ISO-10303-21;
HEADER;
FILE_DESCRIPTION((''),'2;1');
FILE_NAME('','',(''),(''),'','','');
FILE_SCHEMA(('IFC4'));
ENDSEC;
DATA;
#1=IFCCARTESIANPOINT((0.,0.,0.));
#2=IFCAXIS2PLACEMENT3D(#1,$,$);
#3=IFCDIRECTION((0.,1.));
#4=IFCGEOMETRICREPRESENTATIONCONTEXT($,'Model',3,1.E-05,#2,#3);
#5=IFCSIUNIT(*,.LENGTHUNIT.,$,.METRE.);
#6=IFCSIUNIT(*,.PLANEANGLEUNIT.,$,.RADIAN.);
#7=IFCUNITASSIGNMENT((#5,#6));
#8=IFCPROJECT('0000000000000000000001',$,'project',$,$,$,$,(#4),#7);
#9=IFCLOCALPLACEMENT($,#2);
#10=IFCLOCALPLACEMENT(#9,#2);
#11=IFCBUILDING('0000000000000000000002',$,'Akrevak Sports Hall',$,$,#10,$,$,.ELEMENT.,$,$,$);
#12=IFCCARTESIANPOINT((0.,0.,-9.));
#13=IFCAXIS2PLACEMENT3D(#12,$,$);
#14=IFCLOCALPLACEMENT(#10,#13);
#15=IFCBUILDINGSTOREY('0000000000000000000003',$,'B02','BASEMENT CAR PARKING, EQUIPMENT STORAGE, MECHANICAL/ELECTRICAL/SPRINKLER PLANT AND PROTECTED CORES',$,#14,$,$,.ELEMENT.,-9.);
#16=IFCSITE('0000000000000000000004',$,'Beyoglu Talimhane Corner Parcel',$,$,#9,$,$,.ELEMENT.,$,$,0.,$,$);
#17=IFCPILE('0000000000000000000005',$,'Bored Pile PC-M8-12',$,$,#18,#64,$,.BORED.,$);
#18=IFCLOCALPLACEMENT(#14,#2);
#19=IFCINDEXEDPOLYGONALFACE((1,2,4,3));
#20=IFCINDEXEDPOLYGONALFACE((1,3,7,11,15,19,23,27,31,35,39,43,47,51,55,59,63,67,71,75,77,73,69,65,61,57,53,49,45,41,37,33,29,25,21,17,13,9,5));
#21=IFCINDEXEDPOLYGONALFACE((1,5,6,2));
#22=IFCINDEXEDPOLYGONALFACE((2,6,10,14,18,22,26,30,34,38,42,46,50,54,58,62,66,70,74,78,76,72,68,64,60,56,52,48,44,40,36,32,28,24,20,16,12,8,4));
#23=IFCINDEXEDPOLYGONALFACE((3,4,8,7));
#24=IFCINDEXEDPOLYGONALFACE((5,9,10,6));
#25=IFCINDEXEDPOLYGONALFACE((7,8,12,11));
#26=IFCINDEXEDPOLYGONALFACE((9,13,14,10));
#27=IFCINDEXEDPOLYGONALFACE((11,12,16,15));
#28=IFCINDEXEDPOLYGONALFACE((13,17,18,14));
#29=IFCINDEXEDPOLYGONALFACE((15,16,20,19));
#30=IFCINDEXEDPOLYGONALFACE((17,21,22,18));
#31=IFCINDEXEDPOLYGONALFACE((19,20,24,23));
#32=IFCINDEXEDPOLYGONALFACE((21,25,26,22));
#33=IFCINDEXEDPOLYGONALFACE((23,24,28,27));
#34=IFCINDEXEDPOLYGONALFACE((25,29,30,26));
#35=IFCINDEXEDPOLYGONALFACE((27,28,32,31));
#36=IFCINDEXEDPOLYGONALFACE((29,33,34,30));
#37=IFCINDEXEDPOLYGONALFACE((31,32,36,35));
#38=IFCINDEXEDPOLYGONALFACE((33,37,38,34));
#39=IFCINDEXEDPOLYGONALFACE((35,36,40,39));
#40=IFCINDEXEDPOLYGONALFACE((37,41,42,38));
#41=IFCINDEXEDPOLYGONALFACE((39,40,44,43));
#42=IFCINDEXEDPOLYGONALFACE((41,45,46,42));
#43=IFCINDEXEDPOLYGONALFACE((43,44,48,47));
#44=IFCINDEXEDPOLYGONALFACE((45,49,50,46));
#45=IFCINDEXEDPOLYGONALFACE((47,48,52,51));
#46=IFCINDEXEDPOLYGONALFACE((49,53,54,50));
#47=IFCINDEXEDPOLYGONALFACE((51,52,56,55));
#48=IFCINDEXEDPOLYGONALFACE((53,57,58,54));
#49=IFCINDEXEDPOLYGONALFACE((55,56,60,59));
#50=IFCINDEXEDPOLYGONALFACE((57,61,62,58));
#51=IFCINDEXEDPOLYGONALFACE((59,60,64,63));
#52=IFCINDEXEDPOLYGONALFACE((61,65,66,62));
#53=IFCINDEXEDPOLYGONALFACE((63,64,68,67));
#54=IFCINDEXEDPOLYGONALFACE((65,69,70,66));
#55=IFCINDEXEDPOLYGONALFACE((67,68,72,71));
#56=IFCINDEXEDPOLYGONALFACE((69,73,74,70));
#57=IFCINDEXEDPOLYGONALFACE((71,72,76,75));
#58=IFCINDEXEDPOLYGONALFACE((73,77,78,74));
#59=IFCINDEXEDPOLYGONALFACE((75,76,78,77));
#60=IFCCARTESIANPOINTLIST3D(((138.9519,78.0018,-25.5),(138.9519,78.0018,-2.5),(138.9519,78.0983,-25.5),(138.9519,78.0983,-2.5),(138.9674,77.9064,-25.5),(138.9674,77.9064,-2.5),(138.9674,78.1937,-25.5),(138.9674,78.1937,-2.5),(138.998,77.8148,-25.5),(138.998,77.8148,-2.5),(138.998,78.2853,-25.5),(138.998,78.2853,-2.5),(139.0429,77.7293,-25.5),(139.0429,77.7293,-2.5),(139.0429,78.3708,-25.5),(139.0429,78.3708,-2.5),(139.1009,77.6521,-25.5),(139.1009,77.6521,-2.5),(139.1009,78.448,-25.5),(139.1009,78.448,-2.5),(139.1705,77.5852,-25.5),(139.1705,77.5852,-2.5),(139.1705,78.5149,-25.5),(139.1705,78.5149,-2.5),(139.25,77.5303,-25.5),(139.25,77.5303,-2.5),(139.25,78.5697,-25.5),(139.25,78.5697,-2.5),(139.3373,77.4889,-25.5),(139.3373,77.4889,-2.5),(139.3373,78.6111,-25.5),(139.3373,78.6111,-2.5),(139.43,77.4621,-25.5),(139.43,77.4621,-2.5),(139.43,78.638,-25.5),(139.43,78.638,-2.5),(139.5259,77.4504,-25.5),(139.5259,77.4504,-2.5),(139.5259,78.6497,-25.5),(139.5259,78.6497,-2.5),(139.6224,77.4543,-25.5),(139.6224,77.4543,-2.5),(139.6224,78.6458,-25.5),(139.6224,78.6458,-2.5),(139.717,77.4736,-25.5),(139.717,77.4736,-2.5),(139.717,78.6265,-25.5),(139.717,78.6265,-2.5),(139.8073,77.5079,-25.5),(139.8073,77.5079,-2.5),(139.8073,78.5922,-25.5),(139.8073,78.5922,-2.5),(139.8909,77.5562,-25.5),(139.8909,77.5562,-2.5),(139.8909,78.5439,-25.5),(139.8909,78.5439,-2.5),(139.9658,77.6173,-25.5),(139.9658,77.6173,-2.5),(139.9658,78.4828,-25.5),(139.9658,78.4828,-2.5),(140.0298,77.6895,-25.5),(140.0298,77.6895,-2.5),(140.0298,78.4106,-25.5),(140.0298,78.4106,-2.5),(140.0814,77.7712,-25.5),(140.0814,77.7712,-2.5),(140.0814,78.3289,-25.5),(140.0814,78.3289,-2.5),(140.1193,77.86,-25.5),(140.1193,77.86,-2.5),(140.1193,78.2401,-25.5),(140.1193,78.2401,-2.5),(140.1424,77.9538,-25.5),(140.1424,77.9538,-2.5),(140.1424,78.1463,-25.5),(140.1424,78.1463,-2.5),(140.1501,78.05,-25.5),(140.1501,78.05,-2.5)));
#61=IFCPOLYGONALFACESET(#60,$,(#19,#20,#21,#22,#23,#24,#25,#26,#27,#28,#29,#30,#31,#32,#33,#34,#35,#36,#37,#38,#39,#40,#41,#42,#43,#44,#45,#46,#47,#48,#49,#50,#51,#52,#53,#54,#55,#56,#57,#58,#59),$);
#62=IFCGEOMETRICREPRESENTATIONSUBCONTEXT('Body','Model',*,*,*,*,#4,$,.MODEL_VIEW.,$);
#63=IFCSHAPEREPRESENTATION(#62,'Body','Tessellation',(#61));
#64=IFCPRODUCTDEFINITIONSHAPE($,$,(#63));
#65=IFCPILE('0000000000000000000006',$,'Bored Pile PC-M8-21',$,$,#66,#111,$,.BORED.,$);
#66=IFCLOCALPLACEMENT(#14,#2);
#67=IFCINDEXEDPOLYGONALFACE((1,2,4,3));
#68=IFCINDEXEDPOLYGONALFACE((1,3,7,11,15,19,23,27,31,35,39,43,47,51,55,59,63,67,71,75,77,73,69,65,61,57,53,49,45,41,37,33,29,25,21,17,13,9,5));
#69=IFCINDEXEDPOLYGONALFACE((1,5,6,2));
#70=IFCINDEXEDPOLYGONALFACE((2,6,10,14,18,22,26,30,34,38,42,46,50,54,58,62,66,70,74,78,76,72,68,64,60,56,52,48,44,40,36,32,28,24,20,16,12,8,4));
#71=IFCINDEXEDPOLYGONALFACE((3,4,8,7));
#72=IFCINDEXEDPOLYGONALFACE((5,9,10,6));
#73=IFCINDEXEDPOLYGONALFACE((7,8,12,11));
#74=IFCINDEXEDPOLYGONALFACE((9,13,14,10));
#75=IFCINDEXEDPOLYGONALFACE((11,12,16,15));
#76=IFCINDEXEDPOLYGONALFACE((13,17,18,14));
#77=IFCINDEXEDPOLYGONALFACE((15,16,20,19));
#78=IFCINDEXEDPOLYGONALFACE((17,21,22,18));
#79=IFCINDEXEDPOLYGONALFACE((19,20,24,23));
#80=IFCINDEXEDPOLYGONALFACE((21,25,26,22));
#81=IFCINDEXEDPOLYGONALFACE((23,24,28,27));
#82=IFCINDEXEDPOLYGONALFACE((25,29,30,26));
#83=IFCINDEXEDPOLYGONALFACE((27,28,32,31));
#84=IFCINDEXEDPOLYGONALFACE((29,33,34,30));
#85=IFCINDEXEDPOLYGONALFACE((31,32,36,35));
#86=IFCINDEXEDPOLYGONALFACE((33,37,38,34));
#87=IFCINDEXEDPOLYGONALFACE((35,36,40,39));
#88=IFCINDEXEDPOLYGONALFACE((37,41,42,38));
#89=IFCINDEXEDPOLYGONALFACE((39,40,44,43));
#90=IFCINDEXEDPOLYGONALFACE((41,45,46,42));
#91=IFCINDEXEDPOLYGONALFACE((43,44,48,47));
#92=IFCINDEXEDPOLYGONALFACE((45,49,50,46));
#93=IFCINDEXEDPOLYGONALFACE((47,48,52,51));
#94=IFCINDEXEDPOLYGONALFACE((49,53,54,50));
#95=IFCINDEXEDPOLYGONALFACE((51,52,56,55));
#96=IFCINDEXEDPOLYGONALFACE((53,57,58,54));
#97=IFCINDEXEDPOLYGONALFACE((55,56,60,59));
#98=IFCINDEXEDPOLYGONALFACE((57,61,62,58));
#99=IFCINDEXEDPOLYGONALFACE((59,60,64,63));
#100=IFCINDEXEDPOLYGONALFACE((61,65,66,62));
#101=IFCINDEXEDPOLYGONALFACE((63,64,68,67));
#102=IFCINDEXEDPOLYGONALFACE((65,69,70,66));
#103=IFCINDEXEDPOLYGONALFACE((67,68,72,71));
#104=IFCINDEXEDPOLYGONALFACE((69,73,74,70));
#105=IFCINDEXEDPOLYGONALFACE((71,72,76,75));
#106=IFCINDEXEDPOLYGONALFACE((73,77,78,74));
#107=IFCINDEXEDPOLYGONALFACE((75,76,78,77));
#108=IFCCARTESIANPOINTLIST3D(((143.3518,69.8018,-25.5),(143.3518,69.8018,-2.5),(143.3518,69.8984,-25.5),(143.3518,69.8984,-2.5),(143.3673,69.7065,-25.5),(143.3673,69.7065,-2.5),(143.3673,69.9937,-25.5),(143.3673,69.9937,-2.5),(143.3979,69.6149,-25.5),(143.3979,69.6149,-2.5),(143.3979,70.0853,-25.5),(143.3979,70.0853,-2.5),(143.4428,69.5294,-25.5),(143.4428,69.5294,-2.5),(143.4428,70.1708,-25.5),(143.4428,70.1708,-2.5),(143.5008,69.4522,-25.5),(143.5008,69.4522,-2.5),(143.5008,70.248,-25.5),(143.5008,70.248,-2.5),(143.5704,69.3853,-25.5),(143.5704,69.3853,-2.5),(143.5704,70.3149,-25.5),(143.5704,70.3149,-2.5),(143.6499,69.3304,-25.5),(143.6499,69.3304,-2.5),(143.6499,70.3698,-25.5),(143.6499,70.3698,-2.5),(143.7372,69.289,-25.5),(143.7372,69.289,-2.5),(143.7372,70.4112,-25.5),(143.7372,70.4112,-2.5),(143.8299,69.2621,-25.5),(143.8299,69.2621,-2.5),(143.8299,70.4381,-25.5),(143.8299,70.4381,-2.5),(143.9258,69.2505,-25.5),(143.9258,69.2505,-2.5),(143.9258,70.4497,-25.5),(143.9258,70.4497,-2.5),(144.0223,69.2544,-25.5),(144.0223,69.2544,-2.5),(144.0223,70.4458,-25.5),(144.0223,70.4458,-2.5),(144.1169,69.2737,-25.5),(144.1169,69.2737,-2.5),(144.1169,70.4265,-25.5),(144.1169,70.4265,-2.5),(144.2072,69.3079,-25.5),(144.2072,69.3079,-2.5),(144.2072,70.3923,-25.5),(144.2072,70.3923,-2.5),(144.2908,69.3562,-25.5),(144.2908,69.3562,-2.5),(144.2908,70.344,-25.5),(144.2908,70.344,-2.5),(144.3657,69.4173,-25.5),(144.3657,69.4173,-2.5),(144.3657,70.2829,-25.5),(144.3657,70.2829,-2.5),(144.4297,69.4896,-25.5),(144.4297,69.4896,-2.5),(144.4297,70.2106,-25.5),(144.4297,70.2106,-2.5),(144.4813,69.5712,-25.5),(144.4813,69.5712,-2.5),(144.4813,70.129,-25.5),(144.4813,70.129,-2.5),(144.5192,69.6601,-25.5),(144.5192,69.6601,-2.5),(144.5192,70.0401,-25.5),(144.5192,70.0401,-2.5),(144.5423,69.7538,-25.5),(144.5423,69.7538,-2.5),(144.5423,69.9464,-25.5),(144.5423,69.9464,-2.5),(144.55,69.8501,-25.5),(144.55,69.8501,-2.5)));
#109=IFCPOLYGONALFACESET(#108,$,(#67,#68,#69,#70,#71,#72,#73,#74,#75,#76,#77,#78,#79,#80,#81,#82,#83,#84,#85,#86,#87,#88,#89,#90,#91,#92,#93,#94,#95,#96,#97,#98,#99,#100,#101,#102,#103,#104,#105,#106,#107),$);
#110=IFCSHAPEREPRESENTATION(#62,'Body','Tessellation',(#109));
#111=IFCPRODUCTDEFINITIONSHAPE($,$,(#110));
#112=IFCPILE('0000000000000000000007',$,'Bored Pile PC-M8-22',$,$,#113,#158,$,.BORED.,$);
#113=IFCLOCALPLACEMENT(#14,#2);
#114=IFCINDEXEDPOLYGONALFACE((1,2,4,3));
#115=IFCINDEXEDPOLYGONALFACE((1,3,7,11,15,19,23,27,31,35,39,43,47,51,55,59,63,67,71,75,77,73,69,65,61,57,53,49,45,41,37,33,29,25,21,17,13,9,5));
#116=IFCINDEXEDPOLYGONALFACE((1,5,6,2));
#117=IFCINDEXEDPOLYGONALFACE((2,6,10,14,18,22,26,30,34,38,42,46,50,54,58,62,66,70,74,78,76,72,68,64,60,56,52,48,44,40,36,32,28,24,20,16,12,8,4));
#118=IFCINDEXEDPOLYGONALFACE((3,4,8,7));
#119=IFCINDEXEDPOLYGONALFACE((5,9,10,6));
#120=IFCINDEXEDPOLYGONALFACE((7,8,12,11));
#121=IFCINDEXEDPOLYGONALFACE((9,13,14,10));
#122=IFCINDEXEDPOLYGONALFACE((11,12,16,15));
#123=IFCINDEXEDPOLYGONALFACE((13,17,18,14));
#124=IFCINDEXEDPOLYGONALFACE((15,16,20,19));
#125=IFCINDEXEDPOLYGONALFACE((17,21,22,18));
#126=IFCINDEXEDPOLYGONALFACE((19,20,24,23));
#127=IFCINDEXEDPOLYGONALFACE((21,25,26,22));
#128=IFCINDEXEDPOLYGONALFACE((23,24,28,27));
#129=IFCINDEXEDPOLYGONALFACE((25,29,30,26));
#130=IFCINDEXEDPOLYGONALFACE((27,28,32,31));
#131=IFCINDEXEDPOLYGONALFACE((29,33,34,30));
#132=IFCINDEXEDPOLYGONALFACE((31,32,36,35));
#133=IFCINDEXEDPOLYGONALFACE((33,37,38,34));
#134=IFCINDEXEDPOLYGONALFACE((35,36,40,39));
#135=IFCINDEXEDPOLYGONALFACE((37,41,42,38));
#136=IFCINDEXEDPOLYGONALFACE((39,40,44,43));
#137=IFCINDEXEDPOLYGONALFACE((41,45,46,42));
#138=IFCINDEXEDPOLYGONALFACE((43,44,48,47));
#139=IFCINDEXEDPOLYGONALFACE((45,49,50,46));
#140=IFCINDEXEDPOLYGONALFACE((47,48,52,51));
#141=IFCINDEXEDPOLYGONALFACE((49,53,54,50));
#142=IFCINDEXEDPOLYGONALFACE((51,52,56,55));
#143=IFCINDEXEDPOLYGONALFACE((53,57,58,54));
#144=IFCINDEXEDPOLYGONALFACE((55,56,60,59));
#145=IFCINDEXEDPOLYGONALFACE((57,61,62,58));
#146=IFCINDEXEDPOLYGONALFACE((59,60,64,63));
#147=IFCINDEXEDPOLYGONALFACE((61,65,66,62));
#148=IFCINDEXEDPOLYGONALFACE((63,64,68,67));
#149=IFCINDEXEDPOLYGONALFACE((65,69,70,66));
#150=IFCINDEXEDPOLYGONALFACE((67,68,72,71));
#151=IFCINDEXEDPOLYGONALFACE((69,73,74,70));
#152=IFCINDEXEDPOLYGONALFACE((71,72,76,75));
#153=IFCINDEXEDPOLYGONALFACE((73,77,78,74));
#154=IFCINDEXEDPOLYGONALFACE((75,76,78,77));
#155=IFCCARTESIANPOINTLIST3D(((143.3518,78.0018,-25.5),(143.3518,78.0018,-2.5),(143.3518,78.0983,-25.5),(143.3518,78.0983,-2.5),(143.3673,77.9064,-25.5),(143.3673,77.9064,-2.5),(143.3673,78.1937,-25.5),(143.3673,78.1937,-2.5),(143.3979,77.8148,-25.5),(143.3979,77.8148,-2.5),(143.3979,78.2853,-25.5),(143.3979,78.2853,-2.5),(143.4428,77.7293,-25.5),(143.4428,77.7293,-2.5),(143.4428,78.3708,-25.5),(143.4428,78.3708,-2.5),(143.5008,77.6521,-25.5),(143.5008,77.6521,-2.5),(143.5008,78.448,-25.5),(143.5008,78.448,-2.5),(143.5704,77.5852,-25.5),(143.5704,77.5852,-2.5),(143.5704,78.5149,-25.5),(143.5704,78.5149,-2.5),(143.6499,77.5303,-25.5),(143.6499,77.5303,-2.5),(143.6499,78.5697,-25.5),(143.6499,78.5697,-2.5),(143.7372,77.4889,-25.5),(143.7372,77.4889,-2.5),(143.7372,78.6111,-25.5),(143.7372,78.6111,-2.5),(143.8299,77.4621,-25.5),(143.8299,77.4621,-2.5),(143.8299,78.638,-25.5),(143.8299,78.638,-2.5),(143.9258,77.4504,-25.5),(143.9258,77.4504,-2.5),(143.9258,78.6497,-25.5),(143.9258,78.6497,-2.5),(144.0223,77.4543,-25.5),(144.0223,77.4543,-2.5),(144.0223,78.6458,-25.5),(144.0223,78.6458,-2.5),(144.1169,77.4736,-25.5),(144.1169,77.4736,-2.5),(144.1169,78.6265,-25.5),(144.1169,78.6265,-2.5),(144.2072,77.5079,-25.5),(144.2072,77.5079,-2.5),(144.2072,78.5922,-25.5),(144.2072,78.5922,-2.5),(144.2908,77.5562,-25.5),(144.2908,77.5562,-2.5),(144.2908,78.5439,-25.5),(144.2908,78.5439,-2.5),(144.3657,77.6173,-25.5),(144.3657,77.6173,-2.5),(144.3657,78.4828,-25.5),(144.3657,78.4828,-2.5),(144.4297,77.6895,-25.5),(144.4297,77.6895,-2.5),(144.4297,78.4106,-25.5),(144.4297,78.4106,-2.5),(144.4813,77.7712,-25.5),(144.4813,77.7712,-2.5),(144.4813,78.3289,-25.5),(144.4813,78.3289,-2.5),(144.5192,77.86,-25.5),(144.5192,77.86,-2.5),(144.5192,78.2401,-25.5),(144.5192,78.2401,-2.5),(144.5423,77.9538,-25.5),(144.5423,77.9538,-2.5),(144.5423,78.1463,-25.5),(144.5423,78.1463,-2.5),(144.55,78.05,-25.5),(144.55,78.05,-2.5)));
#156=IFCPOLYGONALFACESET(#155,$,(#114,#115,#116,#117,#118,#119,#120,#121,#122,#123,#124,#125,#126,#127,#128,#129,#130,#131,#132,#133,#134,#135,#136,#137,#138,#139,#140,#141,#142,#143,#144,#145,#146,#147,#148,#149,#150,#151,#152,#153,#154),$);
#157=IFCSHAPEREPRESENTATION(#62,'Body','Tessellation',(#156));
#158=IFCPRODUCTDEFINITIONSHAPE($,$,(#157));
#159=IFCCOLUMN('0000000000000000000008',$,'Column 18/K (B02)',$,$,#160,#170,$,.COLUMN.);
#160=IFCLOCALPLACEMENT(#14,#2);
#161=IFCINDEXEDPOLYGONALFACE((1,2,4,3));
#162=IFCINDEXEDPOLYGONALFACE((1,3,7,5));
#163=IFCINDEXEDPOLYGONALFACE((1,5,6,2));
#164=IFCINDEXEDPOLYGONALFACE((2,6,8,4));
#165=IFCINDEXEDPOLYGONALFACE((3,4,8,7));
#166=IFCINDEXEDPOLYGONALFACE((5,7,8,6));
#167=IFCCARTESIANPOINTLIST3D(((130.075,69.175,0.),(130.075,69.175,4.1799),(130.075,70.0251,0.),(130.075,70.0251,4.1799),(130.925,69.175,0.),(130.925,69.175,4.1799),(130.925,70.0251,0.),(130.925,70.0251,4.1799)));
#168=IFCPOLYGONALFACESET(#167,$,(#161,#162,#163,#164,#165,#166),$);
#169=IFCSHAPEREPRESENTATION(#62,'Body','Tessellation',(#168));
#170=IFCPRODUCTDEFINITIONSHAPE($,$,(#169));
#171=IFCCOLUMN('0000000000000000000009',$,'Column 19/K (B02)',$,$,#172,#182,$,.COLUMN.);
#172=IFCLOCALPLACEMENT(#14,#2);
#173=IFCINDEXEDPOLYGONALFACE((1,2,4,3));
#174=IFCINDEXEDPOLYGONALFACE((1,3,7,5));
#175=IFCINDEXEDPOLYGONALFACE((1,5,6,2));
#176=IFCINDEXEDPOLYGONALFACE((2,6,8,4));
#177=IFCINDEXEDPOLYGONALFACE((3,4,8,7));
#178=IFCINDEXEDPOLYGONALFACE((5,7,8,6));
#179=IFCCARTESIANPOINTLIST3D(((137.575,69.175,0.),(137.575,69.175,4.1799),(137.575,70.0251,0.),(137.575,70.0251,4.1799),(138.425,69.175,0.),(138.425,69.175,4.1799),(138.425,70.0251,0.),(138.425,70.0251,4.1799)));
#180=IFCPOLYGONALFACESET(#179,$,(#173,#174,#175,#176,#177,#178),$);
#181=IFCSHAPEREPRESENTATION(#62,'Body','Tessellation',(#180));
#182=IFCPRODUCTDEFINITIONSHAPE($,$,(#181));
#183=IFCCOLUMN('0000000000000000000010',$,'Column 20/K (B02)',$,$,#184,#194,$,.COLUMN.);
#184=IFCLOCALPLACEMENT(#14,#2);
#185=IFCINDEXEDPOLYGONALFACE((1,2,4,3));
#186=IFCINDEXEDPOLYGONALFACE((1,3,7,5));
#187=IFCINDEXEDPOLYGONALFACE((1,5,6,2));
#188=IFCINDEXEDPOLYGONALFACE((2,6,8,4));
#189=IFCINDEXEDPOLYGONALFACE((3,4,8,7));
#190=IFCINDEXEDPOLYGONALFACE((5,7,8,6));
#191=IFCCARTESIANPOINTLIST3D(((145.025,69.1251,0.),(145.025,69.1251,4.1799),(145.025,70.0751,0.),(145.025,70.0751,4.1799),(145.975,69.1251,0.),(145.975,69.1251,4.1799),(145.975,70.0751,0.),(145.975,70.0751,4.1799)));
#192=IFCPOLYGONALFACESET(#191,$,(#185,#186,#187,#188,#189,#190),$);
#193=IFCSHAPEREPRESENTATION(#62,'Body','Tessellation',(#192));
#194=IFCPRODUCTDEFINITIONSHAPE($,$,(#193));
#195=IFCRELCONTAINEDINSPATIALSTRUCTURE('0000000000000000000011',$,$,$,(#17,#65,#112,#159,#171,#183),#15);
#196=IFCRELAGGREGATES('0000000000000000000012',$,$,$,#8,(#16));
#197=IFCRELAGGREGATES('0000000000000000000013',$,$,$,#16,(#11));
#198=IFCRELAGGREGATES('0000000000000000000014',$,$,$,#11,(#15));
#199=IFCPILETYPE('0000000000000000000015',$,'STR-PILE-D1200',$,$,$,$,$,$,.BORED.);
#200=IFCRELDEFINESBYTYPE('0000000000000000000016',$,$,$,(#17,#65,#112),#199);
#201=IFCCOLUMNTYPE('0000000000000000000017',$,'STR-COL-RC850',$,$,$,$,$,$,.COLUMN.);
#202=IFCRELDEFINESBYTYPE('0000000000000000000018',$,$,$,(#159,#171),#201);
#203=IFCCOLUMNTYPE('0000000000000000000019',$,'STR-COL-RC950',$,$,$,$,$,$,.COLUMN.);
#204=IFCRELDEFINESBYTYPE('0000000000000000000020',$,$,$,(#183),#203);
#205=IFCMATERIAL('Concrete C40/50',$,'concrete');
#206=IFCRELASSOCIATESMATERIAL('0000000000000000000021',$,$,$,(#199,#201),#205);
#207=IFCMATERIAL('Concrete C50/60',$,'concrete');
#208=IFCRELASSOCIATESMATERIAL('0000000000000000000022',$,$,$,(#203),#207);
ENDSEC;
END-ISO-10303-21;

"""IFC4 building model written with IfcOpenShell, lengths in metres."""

from ifc_helpers import new_model, si_unit, direction, frame, origin, origin_2d, place, context, subcontext, project, spatial, rectangle, circle, extrude, material, material_profile, profile_set, type_object, element, save


model = new_model("IFC4")

# Units and contexts
model_context = context("Model", 3, precision=1e-05, world=origin(), true_north=direction((0.0, 1.0)))
body_context = subcontext(model_context, "Body", "Model", "MODEL_VIEW")
ifc_project = project(units=[si_unit("LENGTHUNIT", "METRE"), si_unit("PLANEANGLEUNIT", "RADIAN")], contexts=[model_context])

# Site, building, storey
site_placement = place(None, origin())
site = spatial("IfcSite", under=ifc_project, at=site_placement, Name="Beyoglu Talimhane Corner Parcel", CompositionType="ELEMENT", RefElevation=0.0)
building_placement = place(site_placement, origin())
building = spatial("IfcBuilding", under=site, at=building_placement, Name="Akrevak Sports Hall", CompositionType="ELEMENT")
storey_placement = place(building_placement, frame((0.0, 0.0, -9.0)))
storey = spatial("IfcBuildingStorey", under=building, at=storey_placement, Name="B02", Description="BASEMENT CAR PARKING, EQUIPMENT STORAGE, MECHANICAL/ELECTRICAL/SPRINKLER PLANT AND PROTECTED CORES", CompositionType="ELEMENT", Elevation=-9.0)

# Shared definitions
ifc_material_1 = material(Name="Concrete C40/50", Category="concrete")

# Piles
ifc_material_profile_1 = material_profile(ifc_material_1, circle(Radius=0.6001, at=origin_2d()), Name="BORED PILE D1200", Category="concrete")
ifc_profile_set_1 = profile_set([ifc_material_profile_1], Name="Concrete C40/50")
pile_type_1 = type_object("IfcPileType", Name="STR-PILE-D1200", PredefinedType="BORED", material=ifc_profile_set_1)
for number, where, z_axis, x_axis, name in (
    (1, (139.55, 78.05, -2.5), (0.0, 0.0, -1.0), (1.0, 0.0, 0.0), "Bored Pile PC-M8-12"),
    (2, (143.95, 69.8501, -2.5), (0.0, 0.0, -1.0), (1.0, 0.0, 0.0), "Bored Pile PC-M8-21"),
    (3, (143.95, 78.05, -2.5), (0.0, 0.0, -1.0), (1.0, 0.0, 0.0), "Bored Pile PC-M8-22"),
):
    element("IfcPile", number, at=place(storey_placement, frame(where, z_axis=z_axis, x_axis=x_axis)), inside=storey, type_object=pile_type_1, Name=name, PredefinedType="BORED", context=body_context, shape_type="SweptSolid", body=[
        extrude(circle(Radius=0.6001, at=origin_2d()), origin(), (0.0, 0.0, 1.0), 23.0),
    ])

# Columns
ifc_material_profile_2 = material_profile(ifc_material_1, rectangle(XDim=0.8501, YDim=0.8501, at=origin_2d()), Name="RC 850x850", Category="concrete")
ifc_profile_set_2 = profile_set([ifc_material_profile_2], Name="Concrete C40/50")
column_type_1 = type_object("IfcColumnType", Name="STR-COL-RC850", PredefinedType="COLUMN", material=ifc_profile_set_2)
for number, where, z_axis, x_axis, name in (
    (4, (130.5, 69.6001, 0.0), (0.0, 0.0, 1.0), (1.0, 0.0, 0.0), "Column 18/K (B02)"),
    (5, (138.0, 69.6001, 0.0), (0.0, 0.0, 1.0), (1.0, 0.0, 0.0), "Column 19/K (B02)"),
):
    element("IfcColumn", number, at=place(storey_placement, frame(where, z_axis=z_axis, x_axis=x_axis)), inside=storey, type_object=column_type_1, Name=name, PredefinedType="COLUMN", context=body_context, shape_type="SweptSolid", body=[
        extrude(rectangle(XDim=0.8501, YDim=0.8501, at=origin_2d()), origin(), (0.0, 0.0, 1.0), 4.1799),
    ])
ifc_material_2 = material(Name="Concrete C50/60", Category="concrete")
ifc_material_profile_3 = material_profile(ifc_material_2, rectangle(XDim=0.95, YDim=0.95, at=origin_2d()), Name="RC 950x950", Category="concrete")
ifc_profile_set_3 = profile_set([ifc_material_profile_3], Name="Concrete C50/60")
column_type_2 = type_object("IfcColumnType", Name="STR-COL-RC950", PredefinedType="COLUMN", material=ifc_profile_set_3)
column_placement = place(storey_placement, frame((145.5, 69.6001, 0.0), z_axis=(0.0, 0.0, 1.0), x_axis=(1.0, 0.0, 0.0)))
element("IfcColumn", 6, at=column_placement, inside=storey, type_object=column_type_2, Name="Column 20/K (B02)", PredefinedType="COLUMN", context=body_context, shape_type="SweptSolid", body=[
    extrude(rectangle(XDim=0.95, YDim=0.95, at=origin_2d()), origin(), (0.0, 0.0, 1.0), 4.1799),
])

save(model, "model.ifc")
